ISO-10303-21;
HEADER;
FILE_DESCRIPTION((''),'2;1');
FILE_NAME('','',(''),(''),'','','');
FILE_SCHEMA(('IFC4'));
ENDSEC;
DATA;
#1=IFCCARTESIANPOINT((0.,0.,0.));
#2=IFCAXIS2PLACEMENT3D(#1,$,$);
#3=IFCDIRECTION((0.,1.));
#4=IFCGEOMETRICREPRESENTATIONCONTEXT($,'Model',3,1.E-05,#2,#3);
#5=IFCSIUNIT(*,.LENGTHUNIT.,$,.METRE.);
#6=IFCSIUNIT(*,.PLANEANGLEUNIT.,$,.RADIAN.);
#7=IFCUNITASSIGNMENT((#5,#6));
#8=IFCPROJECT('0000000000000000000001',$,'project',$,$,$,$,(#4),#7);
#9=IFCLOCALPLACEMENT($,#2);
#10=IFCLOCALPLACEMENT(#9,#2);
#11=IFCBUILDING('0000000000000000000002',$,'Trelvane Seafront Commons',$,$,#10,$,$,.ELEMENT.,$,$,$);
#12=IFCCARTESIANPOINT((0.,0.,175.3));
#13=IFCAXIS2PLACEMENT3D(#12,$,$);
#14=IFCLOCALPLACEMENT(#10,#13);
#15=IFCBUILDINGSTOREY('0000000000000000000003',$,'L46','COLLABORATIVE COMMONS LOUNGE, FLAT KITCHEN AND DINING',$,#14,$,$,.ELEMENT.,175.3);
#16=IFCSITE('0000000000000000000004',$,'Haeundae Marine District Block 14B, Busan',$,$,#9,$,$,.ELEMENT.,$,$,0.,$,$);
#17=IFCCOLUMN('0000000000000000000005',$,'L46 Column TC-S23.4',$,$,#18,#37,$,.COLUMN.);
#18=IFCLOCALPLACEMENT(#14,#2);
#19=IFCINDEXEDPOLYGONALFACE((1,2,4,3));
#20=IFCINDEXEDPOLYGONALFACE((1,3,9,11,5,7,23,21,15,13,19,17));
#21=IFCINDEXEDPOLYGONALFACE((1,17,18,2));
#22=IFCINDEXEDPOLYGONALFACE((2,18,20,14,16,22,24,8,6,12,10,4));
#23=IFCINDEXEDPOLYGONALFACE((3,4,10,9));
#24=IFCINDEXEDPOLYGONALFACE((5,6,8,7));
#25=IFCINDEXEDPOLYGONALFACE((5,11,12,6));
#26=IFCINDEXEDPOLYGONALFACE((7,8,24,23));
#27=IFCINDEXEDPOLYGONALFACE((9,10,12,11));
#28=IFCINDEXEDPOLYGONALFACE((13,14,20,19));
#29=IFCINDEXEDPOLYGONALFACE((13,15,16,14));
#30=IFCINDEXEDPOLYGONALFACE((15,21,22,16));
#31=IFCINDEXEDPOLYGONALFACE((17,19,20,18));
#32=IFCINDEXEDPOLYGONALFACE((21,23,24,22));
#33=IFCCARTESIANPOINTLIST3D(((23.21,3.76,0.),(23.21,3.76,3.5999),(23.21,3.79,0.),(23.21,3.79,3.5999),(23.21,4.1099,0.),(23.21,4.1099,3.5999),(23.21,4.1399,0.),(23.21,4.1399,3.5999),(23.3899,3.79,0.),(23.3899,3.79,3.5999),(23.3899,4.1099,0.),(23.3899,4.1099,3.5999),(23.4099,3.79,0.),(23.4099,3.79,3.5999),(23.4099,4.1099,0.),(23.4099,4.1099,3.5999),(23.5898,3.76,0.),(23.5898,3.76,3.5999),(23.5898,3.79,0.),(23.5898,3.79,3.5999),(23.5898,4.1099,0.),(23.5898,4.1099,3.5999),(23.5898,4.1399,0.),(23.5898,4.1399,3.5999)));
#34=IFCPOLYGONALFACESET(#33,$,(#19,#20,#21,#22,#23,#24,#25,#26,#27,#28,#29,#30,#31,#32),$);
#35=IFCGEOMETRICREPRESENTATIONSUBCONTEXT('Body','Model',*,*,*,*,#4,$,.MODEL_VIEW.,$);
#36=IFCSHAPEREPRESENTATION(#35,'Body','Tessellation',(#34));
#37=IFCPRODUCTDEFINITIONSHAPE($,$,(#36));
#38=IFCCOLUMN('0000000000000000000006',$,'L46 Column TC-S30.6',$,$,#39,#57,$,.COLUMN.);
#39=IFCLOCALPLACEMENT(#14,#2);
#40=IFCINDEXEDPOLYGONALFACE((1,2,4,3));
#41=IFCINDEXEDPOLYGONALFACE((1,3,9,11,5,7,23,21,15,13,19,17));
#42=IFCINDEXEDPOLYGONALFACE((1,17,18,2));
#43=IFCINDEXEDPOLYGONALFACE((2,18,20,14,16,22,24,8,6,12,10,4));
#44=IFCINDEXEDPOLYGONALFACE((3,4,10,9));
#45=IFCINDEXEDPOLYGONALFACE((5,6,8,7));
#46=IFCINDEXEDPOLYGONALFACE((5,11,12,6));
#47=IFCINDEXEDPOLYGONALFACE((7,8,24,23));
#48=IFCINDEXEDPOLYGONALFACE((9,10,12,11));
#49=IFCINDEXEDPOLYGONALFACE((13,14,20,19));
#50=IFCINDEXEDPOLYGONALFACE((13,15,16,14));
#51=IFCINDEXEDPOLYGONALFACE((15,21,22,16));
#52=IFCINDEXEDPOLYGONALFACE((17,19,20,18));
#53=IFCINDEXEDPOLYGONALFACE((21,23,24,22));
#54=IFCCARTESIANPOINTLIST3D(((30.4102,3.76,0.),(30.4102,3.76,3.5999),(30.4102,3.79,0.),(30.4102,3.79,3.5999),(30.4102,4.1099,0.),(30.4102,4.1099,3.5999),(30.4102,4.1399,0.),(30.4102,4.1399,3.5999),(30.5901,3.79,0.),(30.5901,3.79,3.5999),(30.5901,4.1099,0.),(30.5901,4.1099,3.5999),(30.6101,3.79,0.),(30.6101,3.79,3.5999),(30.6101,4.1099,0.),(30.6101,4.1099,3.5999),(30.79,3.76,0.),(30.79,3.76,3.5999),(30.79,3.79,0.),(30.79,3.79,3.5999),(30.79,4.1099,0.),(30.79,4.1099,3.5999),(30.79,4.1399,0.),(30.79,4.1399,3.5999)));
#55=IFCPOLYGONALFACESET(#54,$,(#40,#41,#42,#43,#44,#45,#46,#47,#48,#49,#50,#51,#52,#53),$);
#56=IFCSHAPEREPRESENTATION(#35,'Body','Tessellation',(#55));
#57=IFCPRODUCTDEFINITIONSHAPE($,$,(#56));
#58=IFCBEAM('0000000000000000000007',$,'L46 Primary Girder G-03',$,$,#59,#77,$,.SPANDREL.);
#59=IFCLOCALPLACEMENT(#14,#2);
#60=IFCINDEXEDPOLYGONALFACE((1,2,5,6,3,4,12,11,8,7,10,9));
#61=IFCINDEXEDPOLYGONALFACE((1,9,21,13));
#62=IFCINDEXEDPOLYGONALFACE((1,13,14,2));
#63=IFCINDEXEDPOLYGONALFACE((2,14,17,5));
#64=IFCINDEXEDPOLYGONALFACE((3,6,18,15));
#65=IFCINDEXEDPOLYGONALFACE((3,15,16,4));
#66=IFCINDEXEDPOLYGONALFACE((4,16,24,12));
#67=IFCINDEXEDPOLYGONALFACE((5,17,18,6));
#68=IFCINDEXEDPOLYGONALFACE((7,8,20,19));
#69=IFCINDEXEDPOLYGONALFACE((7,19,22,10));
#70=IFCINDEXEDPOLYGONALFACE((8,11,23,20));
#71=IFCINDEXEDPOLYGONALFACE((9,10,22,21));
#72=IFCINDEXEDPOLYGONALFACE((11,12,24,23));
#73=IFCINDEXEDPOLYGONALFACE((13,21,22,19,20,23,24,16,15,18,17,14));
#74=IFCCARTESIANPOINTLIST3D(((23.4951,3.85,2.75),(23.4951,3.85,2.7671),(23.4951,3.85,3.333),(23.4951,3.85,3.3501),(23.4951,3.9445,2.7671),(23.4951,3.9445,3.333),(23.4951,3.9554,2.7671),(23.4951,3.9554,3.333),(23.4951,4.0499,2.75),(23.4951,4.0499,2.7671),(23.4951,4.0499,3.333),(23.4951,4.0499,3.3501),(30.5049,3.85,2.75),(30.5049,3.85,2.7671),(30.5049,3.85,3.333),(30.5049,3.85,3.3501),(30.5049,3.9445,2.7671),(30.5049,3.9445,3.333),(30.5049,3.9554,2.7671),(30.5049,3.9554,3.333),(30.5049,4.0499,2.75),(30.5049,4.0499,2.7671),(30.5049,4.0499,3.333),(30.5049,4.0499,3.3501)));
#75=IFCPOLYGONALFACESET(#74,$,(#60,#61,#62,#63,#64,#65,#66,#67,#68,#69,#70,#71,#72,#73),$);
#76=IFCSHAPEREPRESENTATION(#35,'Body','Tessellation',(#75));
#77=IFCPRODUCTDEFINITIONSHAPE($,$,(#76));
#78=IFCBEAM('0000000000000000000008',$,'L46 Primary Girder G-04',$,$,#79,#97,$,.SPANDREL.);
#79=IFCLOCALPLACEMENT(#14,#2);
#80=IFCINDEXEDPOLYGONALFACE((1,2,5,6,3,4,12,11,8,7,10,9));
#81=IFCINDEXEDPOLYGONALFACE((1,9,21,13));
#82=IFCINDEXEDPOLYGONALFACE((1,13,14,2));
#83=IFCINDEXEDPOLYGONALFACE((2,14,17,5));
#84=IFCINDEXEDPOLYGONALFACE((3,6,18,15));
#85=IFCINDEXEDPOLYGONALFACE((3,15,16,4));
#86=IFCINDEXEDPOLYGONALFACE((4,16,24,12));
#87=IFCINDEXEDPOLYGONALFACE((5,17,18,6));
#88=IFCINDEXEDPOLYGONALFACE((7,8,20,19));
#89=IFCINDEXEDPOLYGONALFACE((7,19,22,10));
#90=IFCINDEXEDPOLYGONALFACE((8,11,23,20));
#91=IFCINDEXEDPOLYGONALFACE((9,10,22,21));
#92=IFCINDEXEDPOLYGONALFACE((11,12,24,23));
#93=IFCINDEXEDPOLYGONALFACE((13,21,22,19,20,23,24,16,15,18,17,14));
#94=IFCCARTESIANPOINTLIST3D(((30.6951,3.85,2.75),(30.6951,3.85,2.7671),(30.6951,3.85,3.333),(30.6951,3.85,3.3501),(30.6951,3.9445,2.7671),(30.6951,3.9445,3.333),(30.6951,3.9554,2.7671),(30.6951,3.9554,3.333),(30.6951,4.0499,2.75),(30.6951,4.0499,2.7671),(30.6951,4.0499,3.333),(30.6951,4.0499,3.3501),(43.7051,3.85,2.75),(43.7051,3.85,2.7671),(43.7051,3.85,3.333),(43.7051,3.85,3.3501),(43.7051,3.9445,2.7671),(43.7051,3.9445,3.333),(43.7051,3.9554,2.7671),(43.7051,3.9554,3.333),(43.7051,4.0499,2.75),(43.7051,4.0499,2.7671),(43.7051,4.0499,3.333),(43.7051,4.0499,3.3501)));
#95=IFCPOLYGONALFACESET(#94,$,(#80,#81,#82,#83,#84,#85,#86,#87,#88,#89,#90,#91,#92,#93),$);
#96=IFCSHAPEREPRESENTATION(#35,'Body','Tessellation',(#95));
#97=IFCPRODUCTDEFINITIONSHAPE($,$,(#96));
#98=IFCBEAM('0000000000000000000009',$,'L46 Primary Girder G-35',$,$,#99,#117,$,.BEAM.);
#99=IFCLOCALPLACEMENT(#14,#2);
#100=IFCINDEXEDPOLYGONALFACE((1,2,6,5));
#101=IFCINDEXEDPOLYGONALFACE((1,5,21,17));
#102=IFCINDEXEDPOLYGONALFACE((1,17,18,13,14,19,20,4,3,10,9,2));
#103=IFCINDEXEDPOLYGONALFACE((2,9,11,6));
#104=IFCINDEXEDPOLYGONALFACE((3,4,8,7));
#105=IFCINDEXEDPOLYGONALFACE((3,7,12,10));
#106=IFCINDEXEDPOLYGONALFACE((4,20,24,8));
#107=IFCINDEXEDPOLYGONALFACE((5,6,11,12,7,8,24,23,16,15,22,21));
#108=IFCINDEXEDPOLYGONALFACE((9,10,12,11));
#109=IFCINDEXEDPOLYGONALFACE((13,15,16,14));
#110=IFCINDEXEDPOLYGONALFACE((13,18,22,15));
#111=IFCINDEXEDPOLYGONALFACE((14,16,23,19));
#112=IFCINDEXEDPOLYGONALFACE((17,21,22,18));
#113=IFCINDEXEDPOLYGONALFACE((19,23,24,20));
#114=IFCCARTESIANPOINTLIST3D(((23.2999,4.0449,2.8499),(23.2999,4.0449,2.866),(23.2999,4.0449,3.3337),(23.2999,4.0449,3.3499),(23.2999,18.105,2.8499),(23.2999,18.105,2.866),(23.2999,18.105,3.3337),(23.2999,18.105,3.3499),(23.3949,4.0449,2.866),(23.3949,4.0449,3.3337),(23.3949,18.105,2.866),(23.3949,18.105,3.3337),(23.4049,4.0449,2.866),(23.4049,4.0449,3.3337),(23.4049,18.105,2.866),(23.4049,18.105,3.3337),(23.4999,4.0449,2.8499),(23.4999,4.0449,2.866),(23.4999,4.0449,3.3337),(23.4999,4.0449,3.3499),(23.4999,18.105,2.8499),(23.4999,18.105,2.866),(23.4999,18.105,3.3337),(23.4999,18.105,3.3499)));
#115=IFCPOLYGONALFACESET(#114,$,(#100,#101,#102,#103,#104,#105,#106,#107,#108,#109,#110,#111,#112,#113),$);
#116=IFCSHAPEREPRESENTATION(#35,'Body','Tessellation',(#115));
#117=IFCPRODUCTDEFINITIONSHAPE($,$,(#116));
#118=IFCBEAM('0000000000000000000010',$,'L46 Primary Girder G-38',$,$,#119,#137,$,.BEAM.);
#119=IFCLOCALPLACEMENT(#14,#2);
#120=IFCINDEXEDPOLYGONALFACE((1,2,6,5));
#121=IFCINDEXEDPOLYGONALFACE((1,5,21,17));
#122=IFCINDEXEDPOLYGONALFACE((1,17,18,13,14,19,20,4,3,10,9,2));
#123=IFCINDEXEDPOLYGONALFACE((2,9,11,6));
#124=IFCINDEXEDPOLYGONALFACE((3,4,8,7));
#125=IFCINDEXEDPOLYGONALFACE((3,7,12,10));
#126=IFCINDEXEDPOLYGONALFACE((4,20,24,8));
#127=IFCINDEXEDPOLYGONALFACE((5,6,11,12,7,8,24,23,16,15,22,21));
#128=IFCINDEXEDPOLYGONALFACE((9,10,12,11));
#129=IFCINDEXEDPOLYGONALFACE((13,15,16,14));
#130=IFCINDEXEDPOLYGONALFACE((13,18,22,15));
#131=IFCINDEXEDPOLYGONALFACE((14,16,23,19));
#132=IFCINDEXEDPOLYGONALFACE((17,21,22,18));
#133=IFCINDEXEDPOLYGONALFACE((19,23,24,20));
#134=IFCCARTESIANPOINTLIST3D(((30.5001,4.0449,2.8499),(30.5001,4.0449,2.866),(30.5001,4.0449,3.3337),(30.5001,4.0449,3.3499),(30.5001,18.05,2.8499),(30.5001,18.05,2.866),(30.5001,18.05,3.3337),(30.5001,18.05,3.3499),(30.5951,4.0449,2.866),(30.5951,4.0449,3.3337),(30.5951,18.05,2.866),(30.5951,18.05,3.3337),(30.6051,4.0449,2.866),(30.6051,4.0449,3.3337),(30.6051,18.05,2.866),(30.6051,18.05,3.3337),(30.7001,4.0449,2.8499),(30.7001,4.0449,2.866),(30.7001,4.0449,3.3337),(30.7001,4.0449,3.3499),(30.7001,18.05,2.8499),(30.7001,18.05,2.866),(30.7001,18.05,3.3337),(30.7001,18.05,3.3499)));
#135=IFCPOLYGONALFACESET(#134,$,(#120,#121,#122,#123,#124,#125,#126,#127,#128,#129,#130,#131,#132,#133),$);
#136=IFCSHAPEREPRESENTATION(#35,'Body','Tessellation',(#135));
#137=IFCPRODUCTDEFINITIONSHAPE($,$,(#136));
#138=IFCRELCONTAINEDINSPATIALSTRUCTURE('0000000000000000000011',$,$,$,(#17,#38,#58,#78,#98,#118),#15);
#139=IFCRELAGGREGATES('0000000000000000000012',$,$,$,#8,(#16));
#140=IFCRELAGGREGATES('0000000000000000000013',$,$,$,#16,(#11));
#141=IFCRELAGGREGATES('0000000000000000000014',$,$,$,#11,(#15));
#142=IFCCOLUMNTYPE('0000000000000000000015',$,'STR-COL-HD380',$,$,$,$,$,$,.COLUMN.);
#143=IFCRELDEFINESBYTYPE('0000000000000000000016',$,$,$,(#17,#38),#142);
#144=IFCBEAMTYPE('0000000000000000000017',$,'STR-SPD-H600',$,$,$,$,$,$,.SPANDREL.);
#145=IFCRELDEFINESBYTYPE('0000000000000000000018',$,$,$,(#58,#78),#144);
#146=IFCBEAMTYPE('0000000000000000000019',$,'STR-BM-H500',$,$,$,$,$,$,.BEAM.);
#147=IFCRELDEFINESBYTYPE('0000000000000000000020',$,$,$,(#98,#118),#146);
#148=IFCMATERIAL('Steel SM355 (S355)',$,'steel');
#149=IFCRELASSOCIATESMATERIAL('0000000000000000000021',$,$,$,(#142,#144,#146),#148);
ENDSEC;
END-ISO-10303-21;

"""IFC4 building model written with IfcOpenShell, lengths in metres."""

from ifc_helpers import new_model, si_unit, direction, frame, origin, origin_2d, place, context, subcontext, project, spatial, i_section, extrude, source, transform, mapped, material, material_profile, profile_set, type_object, element, save


model = new_model("IFC4")

# Units and contexts
model_context = context("Model", 3, precision=1e-05, world=origin(), true_north=direction((0.0, 1.0)))
body_context = subcontext(model_context, "Body", "Model", "MODEL_VIEW")
ifc_project = project(units=[si_unit("LENGTHUNIT", "METRE"), si_unit("PLANEANGLEUNIT", "RADIAN")], contexts=[model_context])

# Site, building, storey
site_placement = place(None, origin())
site = spatial("IfcSite", under=ifc_project, at=site_placement, Name="Haeundae Marine District Block 14B, Busan", CompositionType="ELEMENT", RefElevation=0.0)
building_placement = place(site_placement, origin())
building = spatial("IfcBuilding", under=site, at=building_placement, Name="Trelvane Seafront Commons", CompositionType="ELEMENT")
storey_placement = place(building_placement, frame((0.0, 0.0, 175.3)))
storey = spatial("IfcBuildingStorey", under=building, at=storey_placement, Name="L46", Description="COLLABORATIVE COMMONS LOUNGE, FLAT KITCHEN AND DINING", CompositionType="ELEMENT", Elevation=175.3)

# Columns
ifc_material_1 = material(Name="Steel SM355 (S355)", Category="steel")
ifc_material_profile_1 = material_profile(ifc_material_1, i_section(OverallWidth=0.3799, OverallDepth=0.3799, WebThickness=0.02, FlangeThickness=0.03, at=origin_2d()), Name="HD-380x380x20x30")
ifc_profile_set_1 = profile_set([ifc_material_profile_1], Name="Steel SM355 (S355)")
column_type = type_object("IfcColumnType", Name="STR-COL-HD380", PredefinedType="COLUMN", material=ifc_profile_set_1)
shared_shape_1 = source(origin(), body_context, "Body", "SweptSolid", [
    extrude(i_section(OverallWidth=0.3799, OverallDepth=0.3799, WebThickness=0.02, FlangeThickness=0.03, at=origin_2d()), origin(), (0.0, 0.0, 1.0), 3.5999),
])
for number, where, z_axis, x_axis, name in (
    (1, (23.3999, 3.95, 0.0), (0.0, 0.0, 1.0), (1.0, 0.0, 0.0), "L46 Column TC-S23.4"),
    (2, (30.6001, 3.95, 0.0), (0.0, 0.0, 1.0), (1.0, 0.0, 0.0), "L46 Column TC-S30.6"),
):
    element("IfcColumn", number, at=place(storey_placement, frame(where, z_axis=z_axis, x_axis=x_axis)), inside=storey, type_object=column_type, Name=name, PredefinedType="COLUMN", context=body_context, shape_type="MappedRepresentation", body=[
        mapped(shared_shape_1, transform((0.0, 0.0, 0.0), x_axis=(1.0, 0.0, 0.0), y_axis=(0.0, 1.0, 0.0), z_axis=(0.0, 0.0, 1.0), scale=1.0)),
    ])

# Beams
ifc_material_profile_2 = material_profile(ifc_material_1, i_section(OverallWidth=0.2, OverallDepth=0.6001, WebThickness=0.011, FlangeThickness=0.0171, at=origin_2d()), Name="H-600x200x11x17")
ifc_profile_set_2 = profile_set([ifc_material_profile_2], Name="Steel SM355 (S355)")
beam_type_1 = type_object("IfcBeamType", Name="STR-SPD-H600", PredefinedType="SPANDREL", material=ifc_profile_set_2)
shared_shape_2 = source(origin(), body_context, "Body", "SweptSolid", [
    extrude(i_section(OverallWidth=0.2, OverallDepth=0.6001, WebThickness=0.011, FlangeThickness=0.0171, at=origin_2d()), origin(), (0.0, 0.0, 1.0), 7.0098),
])
beam_1_placement = place(storey_placement, frame((23.4951, 3.95, 3.05), z_axis=(1.0, 0.0, 0.0), x_axis=(0.0, 1.0, 0.0)))
element("IfcBeam", 3, at=beam_1_placement, inside=storey, type_object=beam_type_1, Name="L46 Primary Girder G-03", PredefinedType="SPANDREL", context=body_context, shape_type="MappedRepresentation", body=[
    mapped(shared_shape_2, transform((0.0, 0.0, 0.0), x_axis=(1.0, 0.0, 0.0), y_axis=(0.0, 1.0, 0.0), z_axis=(0.0, 0.0, 1.0), scale=1.0)),
])
shared_shape_3 = source(origin(), body_context, "Body", "SweptSolid", [
    extrude(i_section(OverallWidth=0.2, OverallDepth=0.6001, WebThickness=0.011, FlangeThickness=0.0171, at=origin_2d()), origin(), (0.0, 0.0, 1.0), 13.01),
])
beam_2_placement = place(storey_placement, frame((30.6951, 3.95, 3.05), z_axis=(1.0, 0.0, 0.0), x_axis=(0.0, 1.0, 0.0)))
element("IfcBeam", 4, at=beam_2_placement, inside=storey, type_object=beam_type_1, Name="L46 Primary Girder G-04", PredefinedType="SPANDREL", context=body_context, shape_type="MappedRepresentation", body=[
    mapped(shared_shape_3, transform((0.0, 0.0, 0.0), x_axis=(1.0, 0.0, 0.0), y_axis=(0.0, 1.0, 0.0), z_axis=(0.0, 0.0, 1.0), scale=1.0)),
])
ifc_material_profile_3 = material_profile(ifc_material_1, i_section(OverallWidth=0.2, OverallDepth=0.5, WebThickness=0.01, FlangeThickness=0.0161, at=origin_2d()), Name="H-500x200x10x16")
ifc_profile_set_3 = profile_set([ifc_material_profile_3], Name="Steel SM355 (S355)")
beam_type_2 = type_object("IfcBeamType", Name="STR-BM-H500", PredefinedType="BEAM", material=ifc_profile_set_3)
shared_shape_4 = source(origin(), body_context, "Body", "SweptSolid", [
    extrude(i_section(OverallWidth=0.2, OverallDepth=0.5, WebThickness=0.01, FlangeThickness=0.0161, at=origin_2d()), origin(), (0.0, 0.0, 1.0), 14.0601),
])
beam_3_placement = place(storey_placement, frame((23.3999, 4.0449, 3.0999), z_axis=(0.0, 1.0, 0.0), x_axis=(-1.0, 0.0, 0.0)))
element("IfcBeam", 5, at=beam_3_placement, inside=storey, type_object=beam_type_2, Name="L46 Primary Girder G-35", PredefinedType="BEAM", context=body_context, shape_type="MappedRepresentation", body=[
    mapped(shared_shape_4, transform((0.0, 0.0, 0.0), x_axis=(1.0, 0.0, 0.0), y_axis=(0.0, 1.0, 0.0), z_axis=(0.0, 0.0, 1.0), scale=1.0)),
])
shared_shape_5 = source(origin(), body_context, "Body", "SweptSolid", [
    extrude(i_section(OverallWidth=0.2, OverallDepth=0.5, WebThickness=0.01, FlangeThickness=0.0161, at=origin_2d()), origin(), (0.0, 0.0, 1.0), 14.0051),
])
beam_4_placement = place(storey_placement, frame((30.6001, 4.0449, 3.0999), z_axis=(0.0, 1.0, 0.0), x_axis=(-1.0, 0.0, 0.0)))
element("IfcBeam", 6, at=beam_4_placement, inside=storey, type_object=beam_type_2, Name="L46 Primary Girder G-38", PredefinedType="BEAM", context=body_context, shape_type="MappedRepresentation", body=[
    mapped(shared_shape_5, transform((0.0, 0.0, 0.0), x_axis=(1.0, 0.0, 0.0), y_axis=(0.0, 1.0, 0.0), z_axis=(0.0, 0.0, 1.0), scale=1.0)),
])

save(model, "model.ifc")
